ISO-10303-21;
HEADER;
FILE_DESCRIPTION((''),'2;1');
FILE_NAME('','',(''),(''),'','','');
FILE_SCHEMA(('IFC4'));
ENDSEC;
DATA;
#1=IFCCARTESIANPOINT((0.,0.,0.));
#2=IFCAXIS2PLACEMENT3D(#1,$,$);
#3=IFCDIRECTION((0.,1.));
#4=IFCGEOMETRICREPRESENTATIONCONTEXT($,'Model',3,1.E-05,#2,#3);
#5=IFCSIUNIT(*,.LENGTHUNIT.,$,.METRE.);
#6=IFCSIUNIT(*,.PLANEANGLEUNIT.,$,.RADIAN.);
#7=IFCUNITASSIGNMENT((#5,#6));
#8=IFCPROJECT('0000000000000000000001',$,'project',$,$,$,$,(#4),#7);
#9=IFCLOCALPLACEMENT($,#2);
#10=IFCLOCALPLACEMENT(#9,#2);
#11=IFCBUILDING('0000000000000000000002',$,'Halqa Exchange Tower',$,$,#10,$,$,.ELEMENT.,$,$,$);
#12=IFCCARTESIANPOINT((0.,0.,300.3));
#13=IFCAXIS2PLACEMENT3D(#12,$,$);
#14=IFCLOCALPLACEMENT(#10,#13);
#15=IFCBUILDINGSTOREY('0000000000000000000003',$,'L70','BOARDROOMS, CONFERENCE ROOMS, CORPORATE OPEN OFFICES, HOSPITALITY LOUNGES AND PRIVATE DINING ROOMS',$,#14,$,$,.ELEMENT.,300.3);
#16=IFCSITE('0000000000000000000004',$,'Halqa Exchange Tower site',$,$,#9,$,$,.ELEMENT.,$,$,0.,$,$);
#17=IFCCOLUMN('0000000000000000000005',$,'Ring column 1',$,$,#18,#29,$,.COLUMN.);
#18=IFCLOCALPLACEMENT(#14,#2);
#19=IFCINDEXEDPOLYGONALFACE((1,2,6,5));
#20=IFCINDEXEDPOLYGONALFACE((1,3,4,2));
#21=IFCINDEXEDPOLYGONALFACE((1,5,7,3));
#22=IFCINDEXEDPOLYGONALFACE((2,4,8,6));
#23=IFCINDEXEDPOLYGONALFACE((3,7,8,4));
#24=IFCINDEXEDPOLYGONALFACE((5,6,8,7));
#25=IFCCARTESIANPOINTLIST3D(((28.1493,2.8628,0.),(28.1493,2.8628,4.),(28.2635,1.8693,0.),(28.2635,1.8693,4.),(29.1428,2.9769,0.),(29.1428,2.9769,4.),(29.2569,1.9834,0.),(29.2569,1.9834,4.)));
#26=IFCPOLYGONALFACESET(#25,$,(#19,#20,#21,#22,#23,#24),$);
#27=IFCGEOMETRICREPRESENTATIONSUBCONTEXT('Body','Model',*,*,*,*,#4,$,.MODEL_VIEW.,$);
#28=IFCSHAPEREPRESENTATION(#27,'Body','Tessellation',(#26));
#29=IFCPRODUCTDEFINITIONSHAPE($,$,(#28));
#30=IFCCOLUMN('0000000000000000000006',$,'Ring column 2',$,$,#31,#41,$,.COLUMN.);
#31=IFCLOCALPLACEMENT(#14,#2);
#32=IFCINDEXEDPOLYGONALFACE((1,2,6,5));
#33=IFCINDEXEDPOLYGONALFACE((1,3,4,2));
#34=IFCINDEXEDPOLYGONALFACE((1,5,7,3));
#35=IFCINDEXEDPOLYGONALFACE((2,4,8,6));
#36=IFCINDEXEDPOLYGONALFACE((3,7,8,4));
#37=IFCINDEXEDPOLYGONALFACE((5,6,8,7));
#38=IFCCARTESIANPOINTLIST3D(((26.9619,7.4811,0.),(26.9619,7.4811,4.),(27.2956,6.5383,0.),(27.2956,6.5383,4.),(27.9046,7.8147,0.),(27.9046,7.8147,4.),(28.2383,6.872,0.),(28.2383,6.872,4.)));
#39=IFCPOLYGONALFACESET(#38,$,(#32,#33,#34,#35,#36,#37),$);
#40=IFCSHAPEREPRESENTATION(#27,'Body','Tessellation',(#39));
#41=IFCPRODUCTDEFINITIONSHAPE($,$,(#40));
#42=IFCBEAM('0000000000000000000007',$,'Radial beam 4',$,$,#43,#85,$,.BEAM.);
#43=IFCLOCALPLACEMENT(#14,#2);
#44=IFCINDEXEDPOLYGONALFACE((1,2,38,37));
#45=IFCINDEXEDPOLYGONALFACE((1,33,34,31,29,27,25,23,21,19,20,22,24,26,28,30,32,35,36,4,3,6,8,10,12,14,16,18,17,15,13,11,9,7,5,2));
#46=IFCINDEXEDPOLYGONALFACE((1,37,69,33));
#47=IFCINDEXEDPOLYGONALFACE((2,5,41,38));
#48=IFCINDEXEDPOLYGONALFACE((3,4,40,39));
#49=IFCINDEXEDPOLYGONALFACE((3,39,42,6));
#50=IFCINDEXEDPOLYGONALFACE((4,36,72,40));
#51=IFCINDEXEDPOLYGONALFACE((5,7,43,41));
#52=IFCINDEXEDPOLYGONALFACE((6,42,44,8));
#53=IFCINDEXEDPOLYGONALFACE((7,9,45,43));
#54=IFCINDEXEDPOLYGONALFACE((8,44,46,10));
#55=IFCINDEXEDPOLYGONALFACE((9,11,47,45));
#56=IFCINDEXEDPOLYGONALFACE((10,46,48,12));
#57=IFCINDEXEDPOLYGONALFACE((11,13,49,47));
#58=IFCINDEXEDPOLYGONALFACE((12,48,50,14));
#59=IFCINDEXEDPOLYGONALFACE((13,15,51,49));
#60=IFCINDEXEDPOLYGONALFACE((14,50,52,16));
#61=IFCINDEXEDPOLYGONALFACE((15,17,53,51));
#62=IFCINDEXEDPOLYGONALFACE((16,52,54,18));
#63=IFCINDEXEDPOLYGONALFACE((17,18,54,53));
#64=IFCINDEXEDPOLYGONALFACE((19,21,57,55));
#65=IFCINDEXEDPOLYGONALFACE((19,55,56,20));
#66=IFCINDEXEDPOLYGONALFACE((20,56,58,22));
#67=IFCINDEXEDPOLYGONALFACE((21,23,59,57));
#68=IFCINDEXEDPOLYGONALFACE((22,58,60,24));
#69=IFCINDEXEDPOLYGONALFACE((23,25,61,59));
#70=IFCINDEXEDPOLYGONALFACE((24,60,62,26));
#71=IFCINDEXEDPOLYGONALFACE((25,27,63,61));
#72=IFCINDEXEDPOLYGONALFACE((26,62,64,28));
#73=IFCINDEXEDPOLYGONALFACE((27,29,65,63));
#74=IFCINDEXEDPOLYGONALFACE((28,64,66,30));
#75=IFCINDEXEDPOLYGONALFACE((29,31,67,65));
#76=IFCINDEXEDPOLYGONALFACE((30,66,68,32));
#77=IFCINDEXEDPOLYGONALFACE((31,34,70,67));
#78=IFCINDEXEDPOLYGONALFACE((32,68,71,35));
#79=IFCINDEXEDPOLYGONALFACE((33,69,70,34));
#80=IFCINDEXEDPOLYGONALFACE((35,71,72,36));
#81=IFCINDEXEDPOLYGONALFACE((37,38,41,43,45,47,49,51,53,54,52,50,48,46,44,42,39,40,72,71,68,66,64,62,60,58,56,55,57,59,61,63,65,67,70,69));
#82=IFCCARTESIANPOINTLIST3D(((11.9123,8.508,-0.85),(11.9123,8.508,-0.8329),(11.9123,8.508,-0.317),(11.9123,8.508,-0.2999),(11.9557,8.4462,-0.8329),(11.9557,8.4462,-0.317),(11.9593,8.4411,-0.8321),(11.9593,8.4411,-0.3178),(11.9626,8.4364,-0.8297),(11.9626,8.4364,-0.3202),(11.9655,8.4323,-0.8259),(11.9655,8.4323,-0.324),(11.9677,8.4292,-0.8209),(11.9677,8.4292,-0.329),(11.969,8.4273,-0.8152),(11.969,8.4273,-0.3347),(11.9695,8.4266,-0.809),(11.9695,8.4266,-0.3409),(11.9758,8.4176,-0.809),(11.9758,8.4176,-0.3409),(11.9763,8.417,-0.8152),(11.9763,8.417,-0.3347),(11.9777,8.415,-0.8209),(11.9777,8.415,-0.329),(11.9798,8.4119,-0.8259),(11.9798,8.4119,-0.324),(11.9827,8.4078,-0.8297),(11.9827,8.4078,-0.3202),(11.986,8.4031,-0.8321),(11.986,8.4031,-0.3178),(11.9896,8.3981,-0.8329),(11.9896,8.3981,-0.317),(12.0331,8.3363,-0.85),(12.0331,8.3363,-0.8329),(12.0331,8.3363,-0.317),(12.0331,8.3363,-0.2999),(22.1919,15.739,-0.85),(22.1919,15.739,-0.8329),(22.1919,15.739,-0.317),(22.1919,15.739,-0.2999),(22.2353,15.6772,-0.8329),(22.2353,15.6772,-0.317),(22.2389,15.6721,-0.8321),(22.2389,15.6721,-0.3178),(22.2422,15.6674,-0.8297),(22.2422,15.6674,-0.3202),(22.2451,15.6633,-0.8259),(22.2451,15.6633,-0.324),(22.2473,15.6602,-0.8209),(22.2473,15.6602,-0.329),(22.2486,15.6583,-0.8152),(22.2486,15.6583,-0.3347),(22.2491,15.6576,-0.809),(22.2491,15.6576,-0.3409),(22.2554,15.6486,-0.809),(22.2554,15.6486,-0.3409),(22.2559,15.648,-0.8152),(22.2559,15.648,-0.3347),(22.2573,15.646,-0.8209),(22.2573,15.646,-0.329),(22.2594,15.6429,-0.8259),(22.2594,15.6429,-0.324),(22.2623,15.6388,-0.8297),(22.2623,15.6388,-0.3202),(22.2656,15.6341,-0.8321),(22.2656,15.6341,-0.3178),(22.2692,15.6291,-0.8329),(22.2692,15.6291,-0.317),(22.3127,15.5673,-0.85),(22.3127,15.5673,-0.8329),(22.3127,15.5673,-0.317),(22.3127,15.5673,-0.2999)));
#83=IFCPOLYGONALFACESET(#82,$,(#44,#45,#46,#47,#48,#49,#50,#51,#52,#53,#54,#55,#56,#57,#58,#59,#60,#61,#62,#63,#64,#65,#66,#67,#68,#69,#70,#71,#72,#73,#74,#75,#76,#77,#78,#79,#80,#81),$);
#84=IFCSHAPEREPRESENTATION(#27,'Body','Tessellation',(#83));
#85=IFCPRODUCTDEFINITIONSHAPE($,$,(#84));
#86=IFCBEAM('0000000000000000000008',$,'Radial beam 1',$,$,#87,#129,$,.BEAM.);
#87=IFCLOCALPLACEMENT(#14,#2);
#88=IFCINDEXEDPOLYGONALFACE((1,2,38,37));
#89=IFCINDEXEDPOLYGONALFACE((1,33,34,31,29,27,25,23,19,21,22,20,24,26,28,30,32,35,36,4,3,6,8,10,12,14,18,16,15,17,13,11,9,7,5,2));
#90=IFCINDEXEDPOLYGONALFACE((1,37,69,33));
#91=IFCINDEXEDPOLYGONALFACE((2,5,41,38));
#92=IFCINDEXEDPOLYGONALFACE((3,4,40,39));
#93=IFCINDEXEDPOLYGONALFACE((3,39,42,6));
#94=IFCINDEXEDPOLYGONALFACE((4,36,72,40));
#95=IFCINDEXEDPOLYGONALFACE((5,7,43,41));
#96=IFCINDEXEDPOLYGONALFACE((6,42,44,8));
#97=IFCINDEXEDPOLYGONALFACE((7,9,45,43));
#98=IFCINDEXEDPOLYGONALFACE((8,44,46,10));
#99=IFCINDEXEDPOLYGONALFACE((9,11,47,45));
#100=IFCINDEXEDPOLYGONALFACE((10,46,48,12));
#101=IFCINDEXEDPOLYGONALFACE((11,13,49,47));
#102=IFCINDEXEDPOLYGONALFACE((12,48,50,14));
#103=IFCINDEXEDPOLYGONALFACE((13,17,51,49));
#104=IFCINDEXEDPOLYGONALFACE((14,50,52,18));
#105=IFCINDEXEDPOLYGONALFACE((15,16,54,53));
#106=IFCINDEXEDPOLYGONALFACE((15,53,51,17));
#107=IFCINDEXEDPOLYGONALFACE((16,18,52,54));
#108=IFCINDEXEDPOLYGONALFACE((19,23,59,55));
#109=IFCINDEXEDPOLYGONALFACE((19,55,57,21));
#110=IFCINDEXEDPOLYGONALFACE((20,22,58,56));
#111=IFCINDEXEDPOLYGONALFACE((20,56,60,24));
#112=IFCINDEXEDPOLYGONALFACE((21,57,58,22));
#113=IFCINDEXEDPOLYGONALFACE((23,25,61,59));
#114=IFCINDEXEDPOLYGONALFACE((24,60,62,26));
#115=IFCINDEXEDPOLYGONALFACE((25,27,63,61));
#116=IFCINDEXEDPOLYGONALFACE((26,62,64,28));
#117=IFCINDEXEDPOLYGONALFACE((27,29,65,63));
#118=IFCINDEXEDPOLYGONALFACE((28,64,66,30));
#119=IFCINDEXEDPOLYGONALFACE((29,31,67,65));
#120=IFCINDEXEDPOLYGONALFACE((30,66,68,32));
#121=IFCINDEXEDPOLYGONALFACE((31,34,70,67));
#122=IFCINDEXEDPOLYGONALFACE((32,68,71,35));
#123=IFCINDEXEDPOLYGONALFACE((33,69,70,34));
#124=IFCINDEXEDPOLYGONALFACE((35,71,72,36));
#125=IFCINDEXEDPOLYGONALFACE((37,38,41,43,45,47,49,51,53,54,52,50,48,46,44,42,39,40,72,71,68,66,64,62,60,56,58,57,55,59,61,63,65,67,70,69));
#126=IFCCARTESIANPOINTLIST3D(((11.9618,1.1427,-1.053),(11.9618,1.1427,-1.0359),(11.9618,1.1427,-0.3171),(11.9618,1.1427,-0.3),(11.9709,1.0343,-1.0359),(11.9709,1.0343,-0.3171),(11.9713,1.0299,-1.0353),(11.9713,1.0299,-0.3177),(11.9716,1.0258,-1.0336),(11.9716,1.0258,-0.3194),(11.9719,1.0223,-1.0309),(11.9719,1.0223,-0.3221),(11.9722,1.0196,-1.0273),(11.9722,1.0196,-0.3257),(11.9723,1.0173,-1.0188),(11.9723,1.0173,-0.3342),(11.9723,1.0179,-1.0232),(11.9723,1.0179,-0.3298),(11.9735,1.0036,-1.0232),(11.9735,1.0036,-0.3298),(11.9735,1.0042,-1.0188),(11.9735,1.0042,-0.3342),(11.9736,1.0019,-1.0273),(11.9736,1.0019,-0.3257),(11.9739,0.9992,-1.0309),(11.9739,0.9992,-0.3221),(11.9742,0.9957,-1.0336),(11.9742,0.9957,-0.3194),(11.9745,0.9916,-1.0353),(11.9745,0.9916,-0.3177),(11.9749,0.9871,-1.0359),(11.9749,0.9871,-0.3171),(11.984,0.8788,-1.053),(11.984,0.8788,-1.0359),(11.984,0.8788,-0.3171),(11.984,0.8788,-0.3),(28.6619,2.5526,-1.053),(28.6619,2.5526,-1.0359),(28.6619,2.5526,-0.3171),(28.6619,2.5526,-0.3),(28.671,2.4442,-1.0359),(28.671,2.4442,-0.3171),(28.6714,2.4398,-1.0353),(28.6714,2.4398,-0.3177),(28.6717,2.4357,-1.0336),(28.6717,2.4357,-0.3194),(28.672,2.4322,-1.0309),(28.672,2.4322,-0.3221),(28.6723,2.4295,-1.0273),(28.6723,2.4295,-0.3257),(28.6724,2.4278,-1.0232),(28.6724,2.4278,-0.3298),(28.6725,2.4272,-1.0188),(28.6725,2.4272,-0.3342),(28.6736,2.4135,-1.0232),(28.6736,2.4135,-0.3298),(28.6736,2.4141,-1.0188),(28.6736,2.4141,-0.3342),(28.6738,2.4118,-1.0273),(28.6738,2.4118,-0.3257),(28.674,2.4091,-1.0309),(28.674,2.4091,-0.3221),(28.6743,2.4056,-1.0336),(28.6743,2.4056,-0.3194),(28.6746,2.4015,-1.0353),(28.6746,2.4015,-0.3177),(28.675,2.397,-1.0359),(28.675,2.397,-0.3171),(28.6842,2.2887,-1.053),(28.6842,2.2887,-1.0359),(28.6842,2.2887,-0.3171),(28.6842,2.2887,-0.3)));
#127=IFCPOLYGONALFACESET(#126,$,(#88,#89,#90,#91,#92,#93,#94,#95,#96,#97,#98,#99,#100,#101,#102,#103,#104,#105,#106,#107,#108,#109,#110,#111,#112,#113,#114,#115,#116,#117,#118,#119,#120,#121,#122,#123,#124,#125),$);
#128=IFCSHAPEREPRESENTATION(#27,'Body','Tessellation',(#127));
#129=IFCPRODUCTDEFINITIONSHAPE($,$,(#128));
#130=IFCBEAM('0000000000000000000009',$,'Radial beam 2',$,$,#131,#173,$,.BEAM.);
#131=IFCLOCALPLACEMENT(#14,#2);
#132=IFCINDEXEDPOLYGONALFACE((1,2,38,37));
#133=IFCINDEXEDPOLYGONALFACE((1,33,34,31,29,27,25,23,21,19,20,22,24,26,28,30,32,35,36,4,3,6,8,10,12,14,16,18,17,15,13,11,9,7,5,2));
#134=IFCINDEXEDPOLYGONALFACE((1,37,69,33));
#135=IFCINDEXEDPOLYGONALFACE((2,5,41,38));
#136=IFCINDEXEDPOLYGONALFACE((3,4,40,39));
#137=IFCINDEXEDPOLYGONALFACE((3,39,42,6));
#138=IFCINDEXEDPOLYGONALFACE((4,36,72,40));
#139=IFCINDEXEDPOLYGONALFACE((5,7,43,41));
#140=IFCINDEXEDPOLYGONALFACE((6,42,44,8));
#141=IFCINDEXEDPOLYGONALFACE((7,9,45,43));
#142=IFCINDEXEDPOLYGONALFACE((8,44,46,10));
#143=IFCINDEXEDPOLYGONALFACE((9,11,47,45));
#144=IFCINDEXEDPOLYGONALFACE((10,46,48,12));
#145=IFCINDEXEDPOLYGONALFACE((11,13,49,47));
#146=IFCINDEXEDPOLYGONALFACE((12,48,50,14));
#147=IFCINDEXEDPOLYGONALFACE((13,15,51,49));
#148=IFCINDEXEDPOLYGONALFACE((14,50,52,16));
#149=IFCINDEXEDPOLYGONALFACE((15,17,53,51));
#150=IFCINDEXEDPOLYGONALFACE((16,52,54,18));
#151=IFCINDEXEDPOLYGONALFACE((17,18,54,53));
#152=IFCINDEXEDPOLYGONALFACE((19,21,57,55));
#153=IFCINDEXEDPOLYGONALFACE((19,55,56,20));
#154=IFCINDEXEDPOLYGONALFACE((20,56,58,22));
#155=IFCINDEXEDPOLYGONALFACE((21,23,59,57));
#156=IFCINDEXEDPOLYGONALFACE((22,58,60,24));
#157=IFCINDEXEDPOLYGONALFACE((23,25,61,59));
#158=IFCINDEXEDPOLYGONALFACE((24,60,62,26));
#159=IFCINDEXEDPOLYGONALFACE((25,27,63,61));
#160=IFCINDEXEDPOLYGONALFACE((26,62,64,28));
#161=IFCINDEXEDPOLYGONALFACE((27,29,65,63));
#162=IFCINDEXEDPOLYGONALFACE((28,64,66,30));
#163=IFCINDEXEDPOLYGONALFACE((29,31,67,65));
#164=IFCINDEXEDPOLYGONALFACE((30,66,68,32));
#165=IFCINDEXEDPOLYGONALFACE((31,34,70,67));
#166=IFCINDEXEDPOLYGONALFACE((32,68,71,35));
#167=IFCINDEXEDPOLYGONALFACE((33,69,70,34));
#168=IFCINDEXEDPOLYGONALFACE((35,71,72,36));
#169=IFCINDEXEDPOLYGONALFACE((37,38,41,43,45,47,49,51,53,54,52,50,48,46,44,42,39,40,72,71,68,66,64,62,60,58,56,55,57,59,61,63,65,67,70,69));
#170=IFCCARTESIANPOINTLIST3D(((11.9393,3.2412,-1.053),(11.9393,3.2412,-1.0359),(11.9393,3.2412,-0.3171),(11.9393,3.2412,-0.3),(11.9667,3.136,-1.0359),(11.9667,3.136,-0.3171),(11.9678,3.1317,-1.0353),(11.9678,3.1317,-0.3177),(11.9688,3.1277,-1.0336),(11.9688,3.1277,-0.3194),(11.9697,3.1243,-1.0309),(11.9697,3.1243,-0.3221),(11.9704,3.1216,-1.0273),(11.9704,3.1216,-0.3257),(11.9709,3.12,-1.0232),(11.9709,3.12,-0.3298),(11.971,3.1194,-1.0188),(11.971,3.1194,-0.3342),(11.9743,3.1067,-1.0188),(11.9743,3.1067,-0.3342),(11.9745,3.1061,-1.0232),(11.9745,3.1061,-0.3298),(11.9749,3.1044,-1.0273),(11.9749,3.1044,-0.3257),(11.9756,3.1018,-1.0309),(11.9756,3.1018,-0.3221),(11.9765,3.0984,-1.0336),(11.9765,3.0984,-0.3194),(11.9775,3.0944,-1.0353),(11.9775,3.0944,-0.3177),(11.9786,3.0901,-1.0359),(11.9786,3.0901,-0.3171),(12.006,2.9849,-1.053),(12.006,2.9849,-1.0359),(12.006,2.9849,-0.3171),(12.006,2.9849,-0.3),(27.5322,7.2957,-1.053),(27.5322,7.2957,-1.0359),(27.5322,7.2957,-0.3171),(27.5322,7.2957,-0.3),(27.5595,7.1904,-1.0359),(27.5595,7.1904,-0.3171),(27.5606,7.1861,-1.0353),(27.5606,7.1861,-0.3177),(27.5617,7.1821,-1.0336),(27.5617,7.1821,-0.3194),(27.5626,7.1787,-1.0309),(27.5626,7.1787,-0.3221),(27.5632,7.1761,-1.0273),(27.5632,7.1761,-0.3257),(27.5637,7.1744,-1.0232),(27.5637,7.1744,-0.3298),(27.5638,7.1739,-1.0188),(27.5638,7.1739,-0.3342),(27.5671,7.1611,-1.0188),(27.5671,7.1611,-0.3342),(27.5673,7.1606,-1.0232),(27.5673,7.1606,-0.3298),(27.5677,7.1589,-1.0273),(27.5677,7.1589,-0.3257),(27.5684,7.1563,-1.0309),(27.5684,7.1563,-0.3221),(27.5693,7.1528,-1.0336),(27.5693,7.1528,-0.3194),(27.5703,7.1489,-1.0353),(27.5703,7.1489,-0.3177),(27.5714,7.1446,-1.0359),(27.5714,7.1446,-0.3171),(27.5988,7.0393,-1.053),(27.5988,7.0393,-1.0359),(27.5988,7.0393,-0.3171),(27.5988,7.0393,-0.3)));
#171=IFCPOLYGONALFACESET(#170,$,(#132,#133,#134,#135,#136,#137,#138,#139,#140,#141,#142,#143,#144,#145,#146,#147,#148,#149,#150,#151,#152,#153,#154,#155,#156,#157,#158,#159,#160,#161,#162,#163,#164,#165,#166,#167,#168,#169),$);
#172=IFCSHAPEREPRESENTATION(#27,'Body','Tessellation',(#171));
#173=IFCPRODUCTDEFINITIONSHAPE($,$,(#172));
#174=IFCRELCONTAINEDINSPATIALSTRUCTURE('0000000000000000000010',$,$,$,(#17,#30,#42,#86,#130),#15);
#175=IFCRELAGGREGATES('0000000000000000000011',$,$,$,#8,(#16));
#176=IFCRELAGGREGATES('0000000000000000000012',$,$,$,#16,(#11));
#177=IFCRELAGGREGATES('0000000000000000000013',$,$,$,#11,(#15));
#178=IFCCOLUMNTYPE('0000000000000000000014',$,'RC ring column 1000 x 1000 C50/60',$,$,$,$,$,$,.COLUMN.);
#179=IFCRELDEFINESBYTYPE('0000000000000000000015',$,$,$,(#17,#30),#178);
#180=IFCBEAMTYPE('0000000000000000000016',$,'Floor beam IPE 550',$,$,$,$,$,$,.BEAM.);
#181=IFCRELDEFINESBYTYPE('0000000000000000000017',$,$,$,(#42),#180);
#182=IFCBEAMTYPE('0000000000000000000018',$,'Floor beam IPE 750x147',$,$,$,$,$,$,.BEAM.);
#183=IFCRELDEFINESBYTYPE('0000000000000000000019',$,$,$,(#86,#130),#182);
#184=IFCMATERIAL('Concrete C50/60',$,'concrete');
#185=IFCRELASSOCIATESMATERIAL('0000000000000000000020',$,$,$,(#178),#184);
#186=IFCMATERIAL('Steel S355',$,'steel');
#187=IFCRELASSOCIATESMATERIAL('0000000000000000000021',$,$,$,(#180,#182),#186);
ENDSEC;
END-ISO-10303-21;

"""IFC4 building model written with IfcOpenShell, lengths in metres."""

from ifc_helpers import new_model, si_unit, direction, frame, origin, origin_2d, place, context, subcontext, project, spatial, rectangle, i_section, extrude, material, material_profile, profile_set, type_object, element, save


model = new_model("IFC4")

# Units and contexts
model_context = context("Model", 3, precision=1e-05, world=origin(), true_north=direction((0.0, 1.0)))
body_context = subcontext(model_context, "Body", "Model", "MODEL_VIEW")
ifc_project = project(units=[si_unit("LENGTHUNIT", "METRE"), si_unit("PLANEANGLEUNIT", "RADIAN")], contexts=[model_context])

# Site, building, storey
site_placement = place(None, origin())
site = spatial("IfcSite", under=ifc_project, at=site_placement, Name="Halqa Exchange Tower site", CompositionType="ELEMENT", RefElevation=0.0)
building_placement = place(site_placement, origin())
building = spatial("IfcBuilding", under=site, at=building_placement, Name="Halqa Exchange Tower", CompositionType="ELEMENT")
storey_placement = place(building_placement, frame((0.0, 0.0, 300.3)))
storey = spatial("IfcBuildingStorey", under=building, at=storey_placement, Name="L70", Description="BOARDROOMS, CONFERENCE ROOMS, CORPORATE OPEN OFFICES, HOSPITALITY LOUNGES AND PRIVATE DINING ROOMS", CompositionType="ELEMENT", Elevation=300.3)

# Columns
ifc_material_1 = material(Name="Concrete C50/60", Category="concrete")
ifc_material_profile_1 = material_profile(ifc_material_1, rectangle(XDim=1.0, YDim=1.0, at=origin_2d()), Name="1000 x 1000")
ifc_profile_set_1 = profile_set([ifc_material_profile_1], Name="Concrete C50/60")
column_type = type_object("IfcColumnType", Name="RC ring column 1000 x 1000 C50/60", PredefinedType="COLUMN", material=ifc_profile_set_1)
for number, where, z_axis, x_axis, name in (
    (1, (28.7031, 2.4231, 0.0), (0.0, 0.0, 1.0), (-0.11415, 0.993464, 0.0), "Ring column 1"),
    (2, (27.6001, 7.1765, 0.0), (0.0, 0.0, 1.0), (-0.333623, 0.942707, 0.0), "Ring column 2"),
):
    element("IfcColumn", number, at=place(storey_placement, frame(where, z_axis=z_axis, x_axis=x_axis)), inside=storey, type_object=column_type, Name=name, PredefinedType="COLUMN", context=body_context, shape_type="SweptSolid", body=[
        extrude(rectangle(XDim=1.0, YDim=1.0, at=origin_2d()), origin(), (0.0, 0.0, 1.0), 4.0),
    ])

# Beams
ifc_material_2 = material(Name="Steel S355", Category="steel")
ifc_material_profile_2 = material_profile(ifc_material_2, i_section(OverallWidth=0.21, OverallDepth=0.55, WebThickness=0.011, FlangeThickness=0.0171, FilletRadius=0.0239, at=origin_2d()), Name="IPE 550")
ifc_profile_set_2 = profile_set([ifc_material_profile_2], Name="Steel S355")
beam_type_1 = type_object("IfcBeamType", Name="Floor beam IPE 550", PredefinedType="BEAM", material=ifc_profile_set_2)
beam_1_placement = place(storey_placement, frame((11.9727, 8.4221, -0.575), z_axis=(0.817911, 0.575345, 0.0), x_axis=(-0.575345, 0.817911, 0.0)))
element("IfcBeam", 3, at=beam_1_placement, inside=storey, type_object=beam_type_1, Name="Radial beam 4", PredefinedType="BEAM", context=body_context, shape_type="SweptSolid", body=[
    extrude(i_section(OverallWidth=0.21, OverallDepth=0.55, WebThickness=0.011, FlangeThickness=0.0171, FilletRadius=0.0239, at=origin_2d()), origin(), (0.0, 0.0, 1.0), 12.5681),
])
ifc_material_profile_3 = material_profile(ifc_material_2, i_section(OverallWidth=0.2649, OverallDepth=0.7529, WebThickness=0.0132, FlangeThickness=0.0171, FilletRadius=0.0171, at=origin_2d()), Name="IPE 750x147")
ifc_profile_set_3 = profile_set([ifc_material_profile_3], Name="Steel S355")
beam_type_2 = type_object("IfcBeamType", Name="Floor beam IPE 750x147", PredefinedType="BEAM", material=ifc_profile_set_3)
beam_2_placement = place(storey_placement, frame((11.9729, 1.0107, -0.6765), z_axis=(0.996455, 0.084126, 0.0), x_axis=(-0.084126, 0.996455, 0.0)))
element("IfcBeam", 4, at=beam_2_placement, inside=storey, type_object=beam_type_2, Name="Radial beam 1", PredefinedType="BEAM", context=body_context, shape_type="SweptSolid", body=[
    extrude(i_section(OverallWidth=0.2649, OverallDepth=0.7529, WebThickness=0.0132, FlangeThickness=0.0171, FilletRadius=0.0171, at=origin_2d()), origin(), (0.0, 0.0, 1.0), 16.7595),
])
beam_3_placement = place(storey_placement, frame((11.9727, 3.113, -0.6765), z_axis=(0.967818, 0.251653, 0.0), x_axis=(-0.251653, 0.967818, 0.0)))
element("IfcBeam", 5, at=beam_3_placement, inside=storey, type_object=beam_type_2, Name="Radial beam 2", PredefinedType="BEAM", context=body_context, shape_type="SweptSolid", body=[
    extrude(i_section(OverallWidth=0.2649, OverallDepth=0.7529, WebThickness=0.0132, FlangeThickness=0.0171, FilletRadius=0.0171, at=origin_2d()), origin(), (0.0, 0.0, 1.0), 16.1113),
])

save(model, "model.ifc")
